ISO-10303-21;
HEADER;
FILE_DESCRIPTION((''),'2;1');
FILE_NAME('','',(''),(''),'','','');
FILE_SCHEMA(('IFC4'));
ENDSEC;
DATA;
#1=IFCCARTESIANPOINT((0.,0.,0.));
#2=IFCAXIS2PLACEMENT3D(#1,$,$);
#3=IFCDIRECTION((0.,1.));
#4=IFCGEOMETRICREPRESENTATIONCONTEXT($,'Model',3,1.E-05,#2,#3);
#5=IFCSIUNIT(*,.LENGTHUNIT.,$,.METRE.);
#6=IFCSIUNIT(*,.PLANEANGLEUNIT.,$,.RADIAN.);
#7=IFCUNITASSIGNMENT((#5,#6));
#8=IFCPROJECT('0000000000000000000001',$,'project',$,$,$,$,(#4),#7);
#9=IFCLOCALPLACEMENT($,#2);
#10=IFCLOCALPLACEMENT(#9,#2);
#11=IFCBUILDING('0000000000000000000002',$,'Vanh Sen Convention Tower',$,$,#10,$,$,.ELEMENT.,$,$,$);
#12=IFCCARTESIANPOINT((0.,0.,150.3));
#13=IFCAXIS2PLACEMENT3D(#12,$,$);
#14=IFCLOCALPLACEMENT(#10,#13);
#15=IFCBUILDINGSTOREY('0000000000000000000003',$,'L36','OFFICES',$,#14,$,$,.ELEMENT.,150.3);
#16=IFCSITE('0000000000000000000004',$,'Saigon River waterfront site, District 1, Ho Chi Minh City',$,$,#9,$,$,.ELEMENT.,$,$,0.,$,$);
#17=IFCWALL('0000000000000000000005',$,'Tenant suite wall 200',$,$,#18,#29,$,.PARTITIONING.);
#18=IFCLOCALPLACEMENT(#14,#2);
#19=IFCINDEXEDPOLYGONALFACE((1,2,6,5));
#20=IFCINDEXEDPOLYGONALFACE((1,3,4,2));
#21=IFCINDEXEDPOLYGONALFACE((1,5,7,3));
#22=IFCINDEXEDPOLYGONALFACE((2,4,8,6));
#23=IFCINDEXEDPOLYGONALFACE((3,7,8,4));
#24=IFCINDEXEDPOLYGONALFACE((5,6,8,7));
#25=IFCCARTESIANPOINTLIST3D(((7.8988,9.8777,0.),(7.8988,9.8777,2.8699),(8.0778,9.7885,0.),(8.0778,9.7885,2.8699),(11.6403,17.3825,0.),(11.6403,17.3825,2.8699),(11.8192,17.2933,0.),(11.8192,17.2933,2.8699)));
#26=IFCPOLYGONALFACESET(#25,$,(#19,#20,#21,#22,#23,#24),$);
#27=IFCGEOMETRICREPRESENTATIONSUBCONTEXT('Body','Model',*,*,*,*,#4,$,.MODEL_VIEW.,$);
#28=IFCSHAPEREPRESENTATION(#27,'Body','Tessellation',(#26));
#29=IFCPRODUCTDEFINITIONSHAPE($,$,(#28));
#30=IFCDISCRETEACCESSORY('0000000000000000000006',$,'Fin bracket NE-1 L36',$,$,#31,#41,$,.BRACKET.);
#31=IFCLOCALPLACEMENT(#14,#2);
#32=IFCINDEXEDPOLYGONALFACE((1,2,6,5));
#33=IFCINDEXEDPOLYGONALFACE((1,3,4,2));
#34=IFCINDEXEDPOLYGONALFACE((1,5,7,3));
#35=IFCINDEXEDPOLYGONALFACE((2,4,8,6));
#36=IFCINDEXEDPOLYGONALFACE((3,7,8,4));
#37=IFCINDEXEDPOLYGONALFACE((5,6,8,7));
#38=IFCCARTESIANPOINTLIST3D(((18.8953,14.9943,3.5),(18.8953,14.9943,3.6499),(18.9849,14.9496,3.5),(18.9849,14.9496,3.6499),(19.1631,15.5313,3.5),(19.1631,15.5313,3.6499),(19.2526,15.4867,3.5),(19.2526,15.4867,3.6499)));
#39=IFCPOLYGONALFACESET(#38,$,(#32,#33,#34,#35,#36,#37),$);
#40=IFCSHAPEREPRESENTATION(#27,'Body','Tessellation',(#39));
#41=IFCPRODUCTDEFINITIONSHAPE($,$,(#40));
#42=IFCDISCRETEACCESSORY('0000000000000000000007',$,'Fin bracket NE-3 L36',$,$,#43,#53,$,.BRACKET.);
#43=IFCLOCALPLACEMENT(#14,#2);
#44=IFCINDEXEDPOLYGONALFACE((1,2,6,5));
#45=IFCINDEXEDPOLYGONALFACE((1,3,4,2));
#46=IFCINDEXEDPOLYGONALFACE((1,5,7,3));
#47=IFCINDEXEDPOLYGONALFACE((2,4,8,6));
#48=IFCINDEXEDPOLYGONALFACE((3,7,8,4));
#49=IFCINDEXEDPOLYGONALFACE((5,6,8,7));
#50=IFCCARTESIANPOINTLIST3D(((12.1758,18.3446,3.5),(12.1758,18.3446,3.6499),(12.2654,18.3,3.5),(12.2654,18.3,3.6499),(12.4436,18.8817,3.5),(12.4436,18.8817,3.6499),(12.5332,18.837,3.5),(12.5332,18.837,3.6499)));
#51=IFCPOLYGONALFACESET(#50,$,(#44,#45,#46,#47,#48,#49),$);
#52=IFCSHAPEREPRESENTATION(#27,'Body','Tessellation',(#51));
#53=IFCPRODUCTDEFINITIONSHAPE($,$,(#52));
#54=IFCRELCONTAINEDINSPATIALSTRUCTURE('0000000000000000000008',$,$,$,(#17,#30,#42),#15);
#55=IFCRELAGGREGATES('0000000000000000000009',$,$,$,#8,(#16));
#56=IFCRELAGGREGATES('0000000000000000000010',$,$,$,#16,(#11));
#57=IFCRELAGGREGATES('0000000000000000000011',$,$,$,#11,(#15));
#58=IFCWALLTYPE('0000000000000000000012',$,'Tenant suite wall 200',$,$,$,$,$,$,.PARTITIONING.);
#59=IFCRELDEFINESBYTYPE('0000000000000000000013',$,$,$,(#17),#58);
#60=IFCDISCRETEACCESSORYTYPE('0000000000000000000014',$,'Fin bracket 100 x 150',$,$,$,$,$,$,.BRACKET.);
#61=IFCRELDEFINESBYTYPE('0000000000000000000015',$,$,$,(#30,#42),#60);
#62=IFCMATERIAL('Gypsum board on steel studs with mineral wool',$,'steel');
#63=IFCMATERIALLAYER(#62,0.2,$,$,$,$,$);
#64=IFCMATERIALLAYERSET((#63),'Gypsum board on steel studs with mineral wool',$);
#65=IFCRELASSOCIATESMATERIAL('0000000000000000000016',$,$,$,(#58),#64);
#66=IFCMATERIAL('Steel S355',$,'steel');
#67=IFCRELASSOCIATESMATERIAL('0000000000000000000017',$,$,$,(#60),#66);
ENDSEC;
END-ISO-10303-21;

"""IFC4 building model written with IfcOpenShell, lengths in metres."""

from ifc_helpers import new_model, si_unit, direction, frame, frame_2d, origin, origin_2d, place, context, subcontext, project, spatial, rectangle, extrude, material, layer, layer_set, type_object, element, save


model = new_model("IFC4")

# Units and contexts
model_context = context("Model", 3, precision=1e-05, world=origin(), true_north=direction((0.0, 1.0)))
body_context = subcontext(model_context, "Body", "Model", "MODEL_VIEW")
ifc_project = project(units=[si_unit("LENGTHUNIT", "METRE"), si_unit("PLANEANGLEUNIT", "RADIAN")], contexts=[model_context])

# Site, building, storey
site_placement = place(None, origin())
site = spatial("IfcSite", under=ifc_project, at=site_placement, Name="Saigon River waterfront site, District 1, Ho Chi Minh City", CompositionType="ELEMENT", RefElevation=0.0)
building_placement = place(site_placement, origin())
building = spatial("IfcBuilding", under=site, at=building_placement, Name="Vanh Sen Convention Tower", CompositionType="ELEMENT")
storey_placement = place(building_placement, frame((0.0, 0.0, 150.3)))
storey = spatial("IfcBuildingStorey", under=building, at=storey_placement, Name="L36", Description="OFFICES", CompositionType="ELEMENT", Elevation=150.3)

# Wall
ifc_material_1 = material(Name="Gypsum board on steel studs with mineral wool", Category="steel")
ifc_layer_1 = layer(ifc_material_1, 0.2)
ifc_layer_set_1 = layer_set([ifc_layer_1], Name="Gypsum board on steel studs with mineral wool")
wall_type_1 = type_object("IfcWallType", Name="Tenant suite wall 200", PredefinedType="PARTITIONING", material=ifc_layer_set_1)
wall_1_placement = place(storey_placement, frame((11.7297, 17.3379, 0.0), z_axis=(0.0, 0.0, 1.0), x_axis=(-0.446165, -0.894951, 0.0)))
element("IfcWall", 1, at=wall_1_placement, inside=storey, type_object=wall_type_1, Name="Tenant suite wall 200", PredefinedType="PARTITIONING", context=body_context, shape_type="SweptSolid", body=[
    extrude(rectangle(XDim=8.3857, YDim=0.2, at=frame_2d((4.1929, 0.0))), origin(), (0.0, 0.0, 1.0), 2.8699),
])

# Discrete accessories
ifc_material_2 = material(Name="Steel S355", Category="steel")
discrete_accessory_type = type_object("IfcDiscreteAccessoryType", Name="Fin bracket 100 x 150", PredefinedType="BRACKET", material=ifc_material_2)
for number, where, z_axis, x_axis, name in (
    (2, (19.074, 15.2405, 3.5), (0.0, 0.0, 1.0), (0.446198, 0.894934, 0.0), "Fin bracket NE-1 L36"),
    (3, (12.3545, 18.5908, 3.5), (0.0, 0.0, 1.0), (0.446198, 0.894934, 0.0), "Fin bracket NE-3 L36"),
):
    element("IfcDiscreteAccessory", number, at=place(storey_placement, frame(where, z_axis=z_axis, x_axis=x_axis)), inside=storey, type_object=discrete_accessory_type, Name=name, PredefinedType="BRACKET", context=body_context, shape_type="SweptSolid", body=[
        extrude(rectangle(XDim=0.6001, YDim=0.1001, at=origin_2d()), origin(), (0.0, 0.0, 1.0), 0.1499),
    ])

save(model, "model.ifc")
